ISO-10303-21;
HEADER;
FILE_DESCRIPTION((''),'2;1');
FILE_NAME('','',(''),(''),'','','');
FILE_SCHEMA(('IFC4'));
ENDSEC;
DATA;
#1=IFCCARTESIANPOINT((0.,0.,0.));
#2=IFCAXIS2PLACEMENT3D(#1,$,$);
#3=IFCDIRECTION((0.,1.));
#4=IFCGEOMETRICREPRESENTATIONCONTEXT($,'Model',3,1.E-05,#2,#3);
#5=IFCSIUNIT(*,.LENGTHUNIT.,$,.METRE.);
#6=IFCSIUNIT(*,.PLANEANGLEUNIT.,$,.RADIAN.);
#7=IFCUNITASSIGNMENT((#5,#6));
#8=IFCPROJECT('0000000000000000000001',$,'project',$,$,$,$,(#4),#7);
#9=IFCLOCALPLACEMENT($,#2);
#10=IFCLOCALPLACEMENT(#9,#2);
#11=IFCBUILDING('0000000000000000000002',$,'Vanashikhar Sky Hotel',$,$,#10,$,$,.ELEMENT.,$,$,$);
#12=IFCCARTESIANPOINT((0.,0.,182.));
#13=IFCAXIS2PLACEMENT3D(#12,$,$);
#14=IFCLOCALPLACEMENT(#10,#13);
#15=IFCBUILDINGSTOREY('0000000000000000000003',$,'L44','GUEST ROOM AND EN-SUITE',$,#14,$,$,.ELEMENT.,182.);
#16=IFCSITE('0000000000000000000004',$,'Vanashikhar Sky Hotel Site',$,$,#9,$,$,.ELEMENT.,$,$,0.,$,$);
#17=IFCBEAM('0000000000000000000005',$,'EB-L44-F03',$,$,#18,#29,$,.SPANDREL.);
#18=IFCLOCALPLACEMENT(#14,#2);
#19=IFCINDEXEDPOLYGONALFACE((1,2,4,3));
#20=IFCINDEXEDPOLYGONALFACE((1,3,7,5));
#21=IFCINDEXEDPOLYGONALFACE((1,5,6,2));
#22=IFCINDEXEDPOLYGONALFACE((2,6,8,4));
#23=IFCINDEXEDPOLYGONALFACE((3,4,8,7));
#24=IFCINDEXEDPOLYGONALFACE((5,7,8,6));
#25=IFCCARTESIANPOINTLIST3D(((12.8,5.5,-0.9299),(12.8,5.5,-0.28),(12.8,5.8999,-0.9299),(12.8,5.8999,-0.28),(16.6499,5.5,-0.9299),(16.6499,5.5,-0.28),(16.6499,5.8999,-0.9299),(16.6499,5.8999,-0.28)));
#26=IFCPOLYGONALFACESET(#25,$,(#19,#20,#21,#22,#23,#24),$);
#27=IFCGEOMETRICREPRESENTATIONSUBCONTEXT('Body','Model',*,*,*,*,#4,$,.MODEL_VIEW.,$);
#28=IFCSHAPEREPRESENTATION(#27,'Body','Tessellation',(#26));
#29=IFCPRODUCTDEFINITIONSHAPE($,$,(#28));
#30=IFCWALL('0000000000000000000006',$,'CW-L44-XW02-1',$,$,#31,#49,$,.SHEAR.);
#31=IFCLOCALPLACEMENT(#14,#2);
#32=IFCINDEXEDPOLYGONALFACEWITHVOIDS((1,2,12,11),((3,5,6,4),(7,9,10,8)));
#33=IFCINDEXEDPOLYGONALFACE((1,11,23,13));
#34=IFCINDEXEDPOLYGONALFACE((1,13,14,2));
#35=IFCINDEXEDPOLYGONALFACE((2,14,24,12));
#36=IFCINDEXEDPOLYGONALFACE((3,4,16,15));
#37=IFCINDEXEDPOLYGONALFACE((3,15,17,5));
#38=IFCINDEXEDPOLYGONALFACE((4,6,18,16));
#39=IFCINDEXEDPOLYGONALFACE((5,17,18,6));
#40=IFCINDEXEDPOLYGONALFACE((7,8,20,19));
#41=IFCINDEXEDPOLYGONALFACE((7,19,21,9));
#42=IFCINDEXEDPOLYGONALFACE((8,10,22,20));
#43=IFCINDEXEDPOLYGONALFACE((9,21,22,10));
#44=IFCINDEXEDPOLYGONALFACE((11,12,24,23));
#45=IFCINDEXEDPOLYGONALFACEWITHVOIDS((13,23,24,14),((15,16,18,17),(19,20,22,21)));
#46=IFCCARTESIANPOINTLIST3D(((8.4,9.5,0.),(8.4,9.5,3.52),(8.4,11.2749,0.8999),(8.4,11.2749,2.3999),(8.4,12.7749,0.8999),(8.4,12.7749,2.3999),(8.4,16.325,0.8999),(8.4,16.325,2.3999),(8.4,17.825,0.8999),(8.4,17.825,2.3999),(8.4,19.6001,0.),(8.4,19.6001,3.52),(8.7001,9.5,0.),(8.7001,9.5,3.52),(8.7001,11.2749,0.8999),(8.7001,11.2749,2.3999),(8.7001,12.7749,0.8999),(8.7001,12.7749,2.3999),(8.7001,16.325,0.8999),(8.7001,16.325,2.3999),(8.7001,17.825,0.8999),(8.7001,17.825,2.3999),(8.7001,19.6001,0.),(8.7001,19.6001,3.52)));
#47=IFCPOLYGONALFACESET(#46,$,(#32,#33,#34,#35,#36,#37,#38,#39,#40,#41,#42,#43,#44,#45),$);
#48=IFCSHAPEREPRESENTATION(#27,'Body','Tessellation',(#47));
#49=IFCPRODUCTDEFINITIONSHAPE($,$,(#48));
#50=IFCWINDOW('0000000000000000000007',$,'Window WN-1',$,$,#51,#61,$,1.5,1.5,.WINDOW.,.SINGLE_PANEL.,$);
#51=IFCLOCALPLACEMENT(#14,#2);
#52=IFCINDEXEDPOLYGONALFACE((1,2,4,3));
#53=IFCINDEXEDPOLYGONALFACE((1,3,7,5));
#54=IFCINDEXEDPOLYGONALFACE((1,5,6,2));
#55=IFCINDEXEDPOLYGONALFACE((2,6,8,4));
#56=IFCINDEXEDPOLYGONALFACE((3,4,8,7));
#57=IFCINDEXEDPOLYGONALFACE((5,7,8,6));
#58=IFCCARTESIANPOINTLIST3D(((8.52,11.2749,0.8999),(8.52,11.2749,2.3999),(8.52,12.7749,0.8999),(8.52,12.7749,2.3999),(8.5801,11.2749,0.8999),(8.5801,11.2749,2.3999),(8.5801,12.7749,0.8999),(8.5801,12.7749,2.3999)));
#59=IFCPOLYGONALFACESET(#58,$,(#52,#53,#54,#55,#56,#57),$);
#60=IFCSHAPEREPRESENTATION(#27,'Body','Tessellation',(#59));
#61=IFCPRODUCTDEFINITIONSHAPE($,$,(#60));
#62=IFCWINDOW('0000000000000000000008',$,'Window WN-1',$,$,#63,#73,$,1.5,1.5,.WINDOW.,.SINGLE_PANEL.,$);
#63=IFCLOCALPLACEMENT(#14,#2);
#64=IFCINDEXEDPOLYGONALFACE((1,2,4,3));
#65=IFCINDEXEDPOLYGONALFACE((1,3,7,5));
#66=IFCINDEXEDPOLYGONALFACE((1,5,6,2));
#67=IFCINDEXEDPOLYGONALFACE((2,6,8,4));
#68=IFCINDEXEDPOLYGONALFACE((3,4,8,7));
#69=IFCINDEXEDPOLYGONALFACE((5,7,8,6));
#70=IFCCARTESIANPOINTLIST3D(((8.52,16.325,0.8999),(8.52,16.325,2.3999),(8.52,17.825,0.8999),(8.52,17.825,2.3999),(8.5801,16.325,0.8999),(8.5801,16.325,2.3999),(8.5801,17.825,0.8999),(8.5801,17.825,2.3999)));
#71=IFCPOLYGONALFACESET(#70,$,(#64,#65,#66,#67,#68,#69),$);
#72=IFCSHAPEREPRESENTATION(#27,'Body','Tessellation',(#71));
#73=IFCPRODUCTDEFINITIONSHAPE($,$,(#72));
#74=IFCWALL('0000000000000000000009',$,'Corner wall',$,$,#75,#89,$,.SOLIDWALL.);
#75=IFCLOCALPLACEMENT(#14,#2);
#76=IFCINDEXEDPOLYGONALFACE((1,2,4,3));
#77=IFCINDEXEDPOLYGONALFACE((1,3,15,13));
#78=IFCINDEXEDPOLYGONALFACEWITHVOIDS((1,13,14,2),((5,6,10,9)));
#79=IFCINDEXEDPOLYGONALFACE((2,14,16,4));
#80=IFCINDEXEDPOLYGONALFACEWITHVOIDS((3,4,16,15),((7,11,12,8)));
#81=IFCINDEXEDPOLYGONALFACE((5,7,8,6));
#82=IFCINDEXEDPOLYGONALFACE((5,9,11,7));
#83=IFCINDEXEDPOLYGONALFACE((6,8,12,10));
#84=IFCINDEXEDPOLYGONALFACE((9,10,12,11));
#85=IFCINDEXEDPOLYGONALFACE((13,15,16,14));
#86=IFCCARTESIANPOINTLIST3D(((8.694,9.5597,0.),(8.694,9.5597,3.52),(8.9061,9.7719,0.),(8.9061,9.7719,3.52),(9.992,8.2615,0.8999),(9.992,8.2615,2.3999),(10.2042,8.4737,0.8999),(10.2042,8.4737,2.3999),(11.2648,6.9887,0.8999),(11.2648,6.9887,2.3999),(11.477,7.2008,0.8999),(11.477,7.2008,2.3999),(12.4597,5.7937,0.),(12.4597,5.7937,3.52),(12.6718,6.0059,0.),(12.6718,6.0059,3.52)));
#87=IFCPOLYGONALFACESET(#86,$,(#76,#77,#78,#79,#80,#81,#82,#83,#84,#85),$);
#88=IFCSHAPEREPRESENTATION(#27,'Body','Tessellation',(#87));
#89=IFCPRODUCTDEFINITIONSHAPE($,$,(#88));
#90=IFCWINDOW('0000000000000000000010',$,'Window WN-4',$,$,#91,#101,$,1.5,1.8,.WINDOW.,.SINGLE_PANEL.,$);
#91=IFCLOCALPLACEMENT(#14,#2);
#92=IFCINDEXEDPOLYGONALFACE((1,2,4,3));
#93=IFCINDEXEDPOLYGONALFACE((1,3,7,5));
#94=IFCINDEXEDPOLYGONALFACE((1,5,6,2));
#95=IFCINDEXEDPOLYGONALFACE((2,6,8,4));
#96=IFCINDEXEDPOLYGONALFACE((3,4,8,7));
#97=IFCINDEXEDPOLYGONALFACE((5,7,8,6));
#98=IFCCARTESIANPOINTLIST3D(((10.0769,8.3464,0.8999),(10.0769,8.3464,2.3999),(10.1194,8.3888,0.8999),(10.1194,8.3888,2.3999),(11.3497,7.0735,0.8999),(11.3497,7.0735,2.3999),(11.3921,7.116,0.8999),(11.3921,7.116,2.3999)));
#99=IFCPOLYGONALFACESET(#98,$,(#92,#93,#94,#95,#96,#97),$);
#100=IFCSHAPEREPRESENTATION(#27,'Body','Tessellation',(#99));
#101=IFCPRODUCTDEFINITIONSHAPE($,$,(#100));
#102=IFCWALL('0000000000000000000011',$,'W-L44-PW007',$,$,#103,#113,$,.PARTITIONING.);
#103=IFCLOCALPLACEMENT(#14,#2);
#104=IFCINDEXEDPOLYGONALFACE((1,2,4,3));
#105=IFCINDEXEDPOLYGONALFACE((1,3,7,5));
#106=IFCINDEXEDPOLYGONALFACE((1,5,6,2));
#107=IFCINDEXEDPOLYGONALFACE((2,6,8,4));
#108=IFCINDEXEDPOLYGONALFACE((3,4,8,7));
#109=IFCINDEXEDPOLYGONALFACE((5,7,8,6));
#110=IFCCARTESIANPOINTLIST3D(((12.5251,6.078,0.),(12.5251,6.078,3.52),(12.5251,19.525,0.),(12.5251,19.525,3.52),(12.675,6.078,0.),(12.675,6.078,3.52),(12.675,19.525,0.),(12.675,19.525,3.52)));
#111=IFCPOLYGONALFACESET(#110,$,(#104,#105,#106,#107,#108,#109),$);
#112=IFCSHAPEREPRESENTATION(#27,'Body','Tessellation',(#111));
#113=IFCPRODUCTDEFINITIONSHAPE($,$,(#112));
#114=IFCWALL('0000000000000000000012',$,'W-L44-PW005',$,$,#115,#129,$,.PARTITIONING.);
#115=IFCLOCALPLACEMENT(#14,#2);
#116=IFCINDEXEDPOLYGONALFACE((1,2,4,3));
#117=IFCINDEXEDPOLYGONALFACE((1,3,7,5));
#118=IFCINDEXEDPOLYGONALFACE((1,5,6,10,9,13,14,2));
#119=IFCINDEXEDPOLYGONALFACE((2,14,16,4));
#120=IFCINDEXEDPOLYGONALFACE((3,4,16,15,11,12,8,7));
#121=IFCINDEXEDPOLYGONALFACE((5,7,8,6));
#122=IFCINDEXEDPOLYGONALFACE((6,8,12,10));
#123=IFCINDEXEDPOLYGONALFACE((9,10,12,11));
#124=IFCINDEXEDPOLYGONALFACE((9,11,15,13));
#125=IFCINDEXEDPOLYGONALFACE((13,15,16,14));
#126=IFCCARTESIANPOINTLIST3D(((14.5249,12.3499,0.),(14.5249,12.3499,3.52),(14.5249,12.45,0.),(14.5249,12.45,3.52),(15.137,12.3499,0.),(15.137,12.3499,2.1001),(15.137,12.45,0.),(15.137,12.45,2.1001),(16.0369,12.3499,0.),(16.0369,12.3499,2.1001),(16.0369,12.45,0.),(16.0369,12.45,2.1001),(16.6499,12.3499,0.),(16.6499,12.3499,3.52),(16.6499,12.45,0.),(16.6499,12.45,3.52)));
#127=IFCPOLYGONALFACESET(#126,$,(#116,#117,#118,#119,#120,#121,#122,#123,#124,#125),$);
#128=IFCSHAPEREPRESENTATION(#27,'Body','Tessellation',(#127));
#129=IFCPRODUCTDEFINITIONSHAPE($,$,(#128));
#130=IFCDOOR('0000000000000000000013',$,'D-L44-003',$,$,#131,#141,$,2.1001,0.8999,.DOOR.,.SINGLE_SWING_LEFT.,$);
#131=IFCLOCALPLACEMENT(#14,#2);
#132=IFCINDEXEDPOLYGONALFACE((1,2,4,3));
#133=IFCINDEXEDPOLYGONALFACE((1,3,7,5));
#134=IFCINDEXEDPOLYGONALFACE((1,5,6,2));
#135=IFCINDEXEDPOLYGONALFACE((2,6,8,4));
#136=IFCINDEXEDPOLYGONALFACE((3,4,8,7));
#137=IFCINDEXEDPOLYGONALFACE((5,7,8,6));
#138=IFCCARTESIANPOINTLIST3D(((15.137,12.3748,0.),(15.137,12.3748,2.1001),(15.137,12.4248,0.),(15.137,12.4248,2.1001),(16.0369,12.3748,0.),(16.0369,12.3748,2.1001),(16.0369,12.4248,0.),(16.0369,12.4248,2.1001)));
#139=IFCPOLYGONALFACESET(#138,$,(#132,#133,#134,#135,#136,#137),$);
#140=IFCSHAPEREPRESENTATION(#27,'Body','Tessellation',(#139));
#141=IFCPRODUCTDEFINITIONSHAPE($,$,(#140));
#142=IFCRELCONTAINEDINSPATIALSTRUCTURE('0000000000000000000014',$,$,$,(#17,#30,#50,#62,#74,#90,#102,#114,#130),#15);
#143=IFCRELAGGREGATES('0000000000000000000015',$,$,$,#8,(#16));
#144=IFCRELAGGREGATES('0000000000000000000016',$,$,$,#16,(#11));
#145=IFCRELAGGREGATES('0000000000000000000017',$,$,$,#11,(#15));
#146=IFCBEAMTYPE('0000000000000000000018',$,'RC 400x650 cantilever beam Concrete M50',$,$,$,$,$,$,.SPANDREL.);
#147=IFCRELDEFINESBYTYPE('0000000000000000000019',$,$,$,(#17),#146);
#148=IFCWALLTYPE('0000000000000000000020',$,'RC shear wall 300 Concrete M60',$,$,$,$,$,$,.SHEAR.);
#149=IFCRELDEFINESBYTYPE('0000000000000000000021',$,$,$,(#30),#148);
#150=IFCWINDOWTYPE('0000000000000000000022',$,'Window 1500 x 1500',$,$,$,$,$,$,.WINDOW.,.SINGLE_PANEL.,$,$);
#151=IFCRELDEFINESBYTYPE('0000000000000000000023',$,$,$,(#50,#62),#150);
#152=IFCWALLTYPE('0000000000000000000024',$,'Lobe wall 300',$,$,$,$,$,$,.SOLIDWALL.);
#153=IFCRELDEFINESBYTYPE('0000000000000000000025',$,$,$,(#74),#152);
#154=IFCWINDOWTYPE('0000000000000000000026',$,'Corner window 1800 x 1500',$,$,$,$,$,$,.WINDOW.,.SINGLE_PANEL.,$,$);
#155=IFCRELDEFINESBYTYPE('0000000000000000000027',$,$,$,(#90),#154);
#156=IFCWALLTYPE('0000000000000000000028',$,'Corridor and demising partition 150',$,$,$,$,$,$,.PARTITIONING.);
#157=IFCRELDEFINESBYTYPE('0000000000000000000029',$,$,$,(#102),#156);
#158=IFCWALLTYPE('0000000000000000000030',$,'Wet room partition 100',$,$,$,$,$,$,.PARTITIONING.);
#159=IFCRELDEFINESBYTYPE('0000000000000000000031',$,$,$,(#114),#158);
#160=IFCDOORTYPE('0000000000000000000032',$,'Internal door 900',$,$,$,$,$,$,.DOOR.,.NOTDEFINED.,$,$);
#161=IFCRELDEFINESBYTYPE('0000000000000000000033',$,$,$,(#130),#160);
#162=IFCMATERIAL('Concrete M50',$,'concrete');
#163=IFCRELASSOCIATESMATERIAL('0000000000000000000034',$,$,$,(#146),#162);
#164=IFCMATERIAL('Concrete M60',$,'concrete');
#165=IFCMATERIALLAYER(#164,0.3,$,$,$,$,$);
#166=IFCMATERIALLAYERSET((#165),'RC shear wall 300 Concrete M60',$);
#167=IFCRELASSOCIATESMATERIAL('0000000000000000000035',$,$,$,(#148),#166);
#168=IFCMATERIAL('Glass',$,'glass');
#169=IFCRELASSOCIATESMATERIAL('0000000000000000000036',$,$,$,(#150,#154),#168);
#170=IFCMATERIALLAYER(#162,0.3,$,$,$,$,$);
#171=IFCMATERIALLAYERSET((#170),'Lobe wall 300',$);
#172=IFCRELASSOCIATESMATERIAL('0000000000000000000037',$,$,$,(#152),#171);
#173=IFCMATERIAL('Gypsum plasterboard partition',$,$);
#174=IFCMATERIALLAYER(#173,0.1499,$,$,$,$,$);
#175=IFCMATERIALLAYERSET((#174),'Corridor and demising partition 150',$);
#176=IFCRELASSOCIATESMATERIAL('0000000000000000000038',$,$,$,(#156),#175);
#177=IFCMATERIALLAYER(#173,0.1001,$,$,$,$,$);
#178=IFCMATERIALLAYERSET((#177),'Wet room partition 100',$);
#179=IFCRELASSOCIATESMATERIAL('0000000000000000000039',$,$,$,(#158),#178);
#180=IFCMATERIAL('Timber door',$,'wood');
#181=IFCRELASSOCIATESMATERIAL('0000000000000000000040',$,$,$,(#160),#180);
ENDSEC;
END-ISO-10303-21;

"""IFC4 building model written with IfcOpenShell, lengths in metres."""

from ifc_helpers import new_model, si_unit, direction, frame, frame_2d, origin, origin_2d, place, context, subcontext, project, spatial, rectangle, extrude, source, transform, mapped, material, layer, layer_set, material_profile, profile_set, type_object, element, fill, save


model = new_model("IFC4")

# Units and contexts
model_context = context("Model", 3, precision=1e-05, world=origin(), true_north=direction((0.0, 1.0)))
body_context = subcontext(model_context, "Body", "Model", "MODEL_VIEW")
ifc_project = project(units=[si_unit("LENGTHUNIT", "METRE"), si_unit("PLANEANGLEUNIT", "RADIAN")], contexts=[model_context])

# Site, building, storey
site_placement = place(None, origin())
site = spatial("IfcSite", under=ifc_project, at=site_placement, Name="Vanashikhar Sky Hotel Site", CompositionType="ELEMENT", RefElevation=0.0)
building_placement = place(site_placement, origin())
building = spatial("IfcBuilding", under=site, at=building_placement, Name="Vanashikhar Sky Hotel", CompositionType="ELEMENT")
storey_placement = place(building_placement, frame((0.0, 0.0, 182.0)))
storey = spatial("IfcBuildingStorey", under=building, at=storey_placement, Name="L44", Description="GUEST ROOM AND EN-SUITE", CompositionType="ELEMENT", Elevation=182.0)

# Beam
ifc_material_1 = material(Name="Concrete M50", Category="concrete")
ifc_material_profile = material_profile(ifc_material_1, rectangle(XDim=0.3999, YDim=0.6499, at=origin_2d()))
ifc_profile_set = profile_set([ifc_material_profile], Name="RC 400x650 cantilever beam Concrete M50")
beam_type = type_object("IfcBeamType", Name="RC 400x650 cantilever beam Concrete M50", PredefinedType="SPANDREL", material=ifc_profile_set)
shared_shape_1 = source(origin(), body_context, "Body", "SweptSolid", [
    extrude(rectangle(XDim=0.3999, YDim=0.6499, at=origin_2d()), origin(), (0.0, 0.0, 1.0), 3.8499),
])
beam_placement = place(storey_placement, frame((12.8, 5.7, -0.605), z_axis=(1.0, 0.0, 0.0), x_axis=(0.0, 1.0, 0.0)))
element("IfcBeam", 1, at=beam_placement, inside=storey, type_object=beam_type, Name="EB-L44-F03", PredefinedType="SPANDREL", context=body_context, shape_type="MappedRepresentation", body=[
    mapped(shared_shape_1, transform((0.0, 0.0, 0.0), scale=1.0)),
])

# Wall, openings, windows
ifc_material_2 = material(Name="Concrete M60", Category="concrete")
ifc_layer_1 = layer(ifc_material_2, 0.3)
ifc_layer_set_1 = layer_set([ifc_layer_1], Name="RC shear wall 300 Concrete M60")
wall_type_1 = type_object("IfcWallType", Name="RC shear wall 300 Concrete M60", PredefinedType="SHEAR", material=ifc_layer_set_1)
shared_shape_2 = source(origin(), body_context, "Body", "SweptSolid", [
    extrude(rectangle(XDim=10.1001, YDim=0.3, at=frame_2d((5.05, 0.0))), origin(), (0.0, 0.0, 1.0), 3.52),
])
wall_1_placement = place(storey_placement, frame((8.55, 9.5, 0.0), z_axis=(0.0, 0.0, 1.0), x_axis=(0.0, 1.0, 0.0)))
wall_1 = element("IfcWall", 2, at=wall_1_placement, inside=storey, type_object=wall_type_1, Name="CW-L44-XW02-1", PredefinedType="SHEAR", context=body_context, shape_type="MappedRepresentation", body=[
    mapped(shared_shape_2, transform((0.0, 0.0, 0.0), scale=1.0)),
])
shared_shape_3 = source(origin(), body_context, "Body", "SweptSolid", [
    extrude(rectangle(XDim=1.5, YDim=1.5, at=frame_2d((0.75, 0.75))), frame((0.0, 0.1602, 0.0), z_axis=(0.0, -1.0, 0.0), x_axis=(1.0, 0.0, 0.0)), (0.0, 0.0, 1.0), 0.3201),
])
opening_1_placement = place(wall_1_placement, frame((1.7749, 0.0, 0.8999)))
opening_1 = element("IfcOpeningElement", 3, at=opening_1_placement, cuts=wall_1, PredefinedType="OPENING", context=body_context, shape_type="MappedRepresentation", body=[
    mapped(shared_shape_3, transform((0.0, 0.0, 0.0), scale=1.0)),
])
opening_2_placement = place(wall_1_placement, frame((6.825, 0.0, 0.8999)))
opening_2 = element("IfcOpeningElement", 4, at=opening_2_placement, cuts=wall_1, PredefinedType="OPENING", context=body_context, shape_type="MappedRepresentation", body=[
    mapped(shared_shape_3, transform((0.0, 0.0, 0.0), scale=1.0)),
])
ifc_material_3 = material(Name="Glass", Category="glass")
window_type_1 = type_object("IfcWindowType", Name="Window 1500 x 1500", PartitioningType="SINGLE_PANEL", PredefinedType="WINDOW", material=ifc_material_3)
shared_shape_4 = source(origin(), body_context, "Body", "SweptSolid", [
    extrude(rectangle(XDim=1.5, YDim=1.5, at=frame_2d((0.75, 0.75))), frame((0.0, 0.03, 0.0), z_axis=(0.0, -1.0, 0.0), x_axis=(1.0, 0.0, 0.0)), (0.0, 0.0, 1.0), 0.0601),
])
window_1_placement = place(opening_1_placement, origin())
window_1 = element("IfcWindow", 5, at=window_1_placement, inside=storey, type_object=window_type_1, Name="Window WN-1", OverallHeight=1.5, OverallWidth=1.5, PartitioningType="SINGLE_PANEL", PredefinedType="WINDOW", context=body_context, shape_type="MappedRepresentation", body=[
    mapped(shared_shape_4, transform((0.0, 0.0, 0.0), scale=1.0)),
])
fill(opening_1, window_1)
window_2_placement = place(opening_2_placement, origin())
window_2 = element("IfcWindow", 6, at=window_2_placement, inside=storey, type_object=window_type_1, Name="Window WN-1", OverallHeight=1.5, OverallWidth=1.5, PartitioningType="SINGLE_PANEL", PredefinedType="WINDOW", context=body_context, shape_type="MappedRepresentation", body=[
    mapped(shared_shape_4, transform((0.0, 0.0, 0.0), scale=1.0)),
])
fill(opening_2, window_2)

# Wall, opening, window
ifc_layer_2 = layer(ifc_material_1, 0.3)
ifc_layer_set_2 = layer_set([ifc_layer_2], Name="Lobe wall 300")
wall_type_2 = type_object("IfcWallType", Name="Lobe wall 300", PredefinedType="SOLIDWALL", material=ifc_layer_set_2)
shared_shape_5 = source(origin(), body_context, "Body", "SweptSolid", [
    extrude(rectangle(XDim=5.3257, YDim=0.3, at=frame_2d((2.6628, 0.0))), origin(), (0.0, 0.0, 1.0), 3.52),
])
wall_2_placement = place(storey_placement, frame((8.8, 9.6658, 0.0), z_axis=(0.0, 0.0, 1.0), x_axis=(0.707084, -0.70713, 0.0)))
wall_2 = element("IfcWall", 7, at=wall_2_placement, inside=storey, type_object=wall_type_2, Name="Corner wall", PredefinedType="SOLIDWALL", context=body_context, shape_type="MappedRepresentation", body=[
    mapped(shared_shape_5, transform((0.0, 0.0, 0.0), scale=1.0)),
])
shared_shape_6 = source(origin(), body_context, "Body", "SweptSolid", [
    extrude(rectangle(XDim=1.8, YDim=1.5, at=frame_2d((0.8999, 0.75))), frame((0.0, 0.1602, 0.0), z_axis=(0.0, -1.0, 0.0), x_axis=(1.0, 0.0, 0.0)), (0.0, 0.0, 1.0), 0.3201),
])
opening_3_placement = place(wall_2_placement, frame((1.8359, 0.0, 0.8999)))
opening_3 = element("IfcOpeningElement", 8, at=opening_3_placement, cuts=wall_2, PredefinedType="OPENING", context=body_context, shape_type="MappedRepresentation", body=[
    mapped(shared_shape_6, transform((0.0, 0.0, 0.0), scale=1.0)),
])
window_type_2 = type_object("IfcWindowType", Name="Corner window 1800 x 1500", PartitioningType="SINGLE_PANEL", PredefinedType="WINDOW", material=ifc_material_3)
shared_shape_7 = source(origin(), body_context, "Body", "SweptSolid", [
    extrude(rectangle(XDim=1.8, YDim=1.5, at=frame_2d((0.8999, 0.75))), frame((0.0, 0.03, 0.0), z_axis=(0.0, -1.0, 0.0), x_axis=(1.0, 0.0, 0.0)), (0.0, 0.0, 1.0), 0.0601),
])
window_3_placement = place(opening_3_placement, origin())
window_3 = element("IfcWindow", 9, at=window_3_placement, inside=storey, type_object=window_type_2, Name="Window WN-4", OverallHeight=1.5, OverallWidth=1.8, PartitioningType="SINGLE_PANEL", PredefinedType="WINDOW", context=body_context, shape_type="MappedRepresentation", body=[
    mapped(shared_shape_7, transform((0.0, 0.0, 0.0), scale=1.0)),
])
fill(opening_3, window_3)

# Wall
ifc_material_4 = material(Name="Gypsum plasterboard partition")
ifc_layer_3 = layer(ifc_material_4, 0.1499)
ifc_layer_set_3 = layer_set([ifc_layer_3], Name="Corridor and demising partition 150")
wall_type_3 = type_object("IfcWallType", Name="Corridor and demising partition 150", PredefinedType="PARTITIONING", material=ifc_layer_set_3)
shared_shape_8 = source(origin(), body_context, "Body", "SweptSolid", [
    extrude(rectangle(XDim=13.447, YDim=0.1499, at=frame_2d((6.7236, 0.0))), origin(), (0.0, 0.0, 1.0), 3.52),
])
wall_3_placement = place(storey_placement, frame((12.6001, 6.0779, 0.0), z_axis=(0.0, 0.0, 1.0), x_axis=(0.0, 1.0, 0.0)))
element("IfcWall", 10, at=wall_3_placement, inside=storey, type_object=wall_type_3, Name="W-L44-PW007", PredefinedType="PARTITIONING", context=body_context, shape_type="MappedRepresentation", body=[
    mapped(shared_shape_8, transform((0.0, 0.0, 0.0), scale=1.0)),
])

# Wall, opening, door
ifc_layer_4 = layer(ifc_material_4, 0.1001)
ifc_layer_set_4 = layer_set([ifc_layer_4], Name="Wet room partition 100")
wall_type_4 = type_object("IfcWallType", Name="Wet room partition 100", PredefinedType="PARTITIONING", material=ifc_layer_set_4)
shared_shape_9 = source(origin(), body_context, "Body", "SweptSolid", [
    extrude(rectangle(XDim=2.125, YDim=0.1001, at=frame_2d((1.0625, 0.0))), origin(), (0.0, 0.0, 1.0), 3.52),
])
wall_4_placement = place(storey_placement, frame((14.5249, 12.3999, 0.0), z_axis=(0.0, 0.0, 1.0), x_axis=(1.0, 0.0, 0.0)))
wall_4 = element("IfcWall", 11, at=wall_4_placement, inside=storey, type_object=wall_type_4, Name="W-L44-PW005", PredefinedType="PARTITIONING", context=body_context, shape_type="MappedRepresentation", body=[
    mapped(shared_shape_9, transform((0.0, 0.0, 0.0), scale=1.0)),
])
shared_shape_10 = source(origin(), body_context, "Body", "SweptSolid", [
    extrude(rectangle(XDim=0.8999, YDim=2.1001, at=frame_2d((0.45, 1.05))), frame((0.0, 0.0601, 0.0), z_axis=(0.0, -1.0, 0.0), x_axis=(1.0, 0.0, 0.0)), (0.0, 0.0, 1.0), 0.1201),
])
opening_4_placement = place(wall_4_placement, frame((0.6121, 0.0, 0.0)))
opening_4 = element("IfcOpeningElement", 12, at=opening_4_placement, cuts=wall_4, PredefinedType="OPENING", context=body_context, shape_type="MappedRepresentation", body=[
    mapped(shared_shape_10, transform((0.0, 0.0, 0.0), scale=1.0)),
])
ifc_material_5 = material(Name="Timber door", Category="wood")
door_type_1 = type_object("IfcDoorType", Name="Internal door 900", OperationType="NOTDEFINED", PredefinedType="DOOR", material=ifc_material_5)
shared_shape_11 = source(origin(), body_context, "Body", "SweptSolid", [
    extrude(rectangle(XDim=0.8999, YDim=2.1001, at=frame_2d((0.45, 1.05))), frame((0.0, 0.0249, 0.0), z_axis=(0.0, -1.0, 0.0), x_axis=(1.0, 0.0, 0.0)), (0.0, 0.0, 1.0), 0.05),
])
door_1_placement = place(opening_4_placement, origin())
door_1 = element("IfcDoor", 13, at=door_1_placement, inside=storey, type_object=door_type_1, Name="D-L44-003", OperationType="SINGLE_SWING_LEFT", OverallHeight=2.1001, OverallWidth=0.8999, PredefinedType="DOOR", context=body_context, shape_type="MappedRepresentation", body=[
    mapped(shared_shape_11, transform((0.0, 0.0, 0.0), scale=1.0)),
])
fill(opening_4, door_1)

save(model, "model.ifc")
